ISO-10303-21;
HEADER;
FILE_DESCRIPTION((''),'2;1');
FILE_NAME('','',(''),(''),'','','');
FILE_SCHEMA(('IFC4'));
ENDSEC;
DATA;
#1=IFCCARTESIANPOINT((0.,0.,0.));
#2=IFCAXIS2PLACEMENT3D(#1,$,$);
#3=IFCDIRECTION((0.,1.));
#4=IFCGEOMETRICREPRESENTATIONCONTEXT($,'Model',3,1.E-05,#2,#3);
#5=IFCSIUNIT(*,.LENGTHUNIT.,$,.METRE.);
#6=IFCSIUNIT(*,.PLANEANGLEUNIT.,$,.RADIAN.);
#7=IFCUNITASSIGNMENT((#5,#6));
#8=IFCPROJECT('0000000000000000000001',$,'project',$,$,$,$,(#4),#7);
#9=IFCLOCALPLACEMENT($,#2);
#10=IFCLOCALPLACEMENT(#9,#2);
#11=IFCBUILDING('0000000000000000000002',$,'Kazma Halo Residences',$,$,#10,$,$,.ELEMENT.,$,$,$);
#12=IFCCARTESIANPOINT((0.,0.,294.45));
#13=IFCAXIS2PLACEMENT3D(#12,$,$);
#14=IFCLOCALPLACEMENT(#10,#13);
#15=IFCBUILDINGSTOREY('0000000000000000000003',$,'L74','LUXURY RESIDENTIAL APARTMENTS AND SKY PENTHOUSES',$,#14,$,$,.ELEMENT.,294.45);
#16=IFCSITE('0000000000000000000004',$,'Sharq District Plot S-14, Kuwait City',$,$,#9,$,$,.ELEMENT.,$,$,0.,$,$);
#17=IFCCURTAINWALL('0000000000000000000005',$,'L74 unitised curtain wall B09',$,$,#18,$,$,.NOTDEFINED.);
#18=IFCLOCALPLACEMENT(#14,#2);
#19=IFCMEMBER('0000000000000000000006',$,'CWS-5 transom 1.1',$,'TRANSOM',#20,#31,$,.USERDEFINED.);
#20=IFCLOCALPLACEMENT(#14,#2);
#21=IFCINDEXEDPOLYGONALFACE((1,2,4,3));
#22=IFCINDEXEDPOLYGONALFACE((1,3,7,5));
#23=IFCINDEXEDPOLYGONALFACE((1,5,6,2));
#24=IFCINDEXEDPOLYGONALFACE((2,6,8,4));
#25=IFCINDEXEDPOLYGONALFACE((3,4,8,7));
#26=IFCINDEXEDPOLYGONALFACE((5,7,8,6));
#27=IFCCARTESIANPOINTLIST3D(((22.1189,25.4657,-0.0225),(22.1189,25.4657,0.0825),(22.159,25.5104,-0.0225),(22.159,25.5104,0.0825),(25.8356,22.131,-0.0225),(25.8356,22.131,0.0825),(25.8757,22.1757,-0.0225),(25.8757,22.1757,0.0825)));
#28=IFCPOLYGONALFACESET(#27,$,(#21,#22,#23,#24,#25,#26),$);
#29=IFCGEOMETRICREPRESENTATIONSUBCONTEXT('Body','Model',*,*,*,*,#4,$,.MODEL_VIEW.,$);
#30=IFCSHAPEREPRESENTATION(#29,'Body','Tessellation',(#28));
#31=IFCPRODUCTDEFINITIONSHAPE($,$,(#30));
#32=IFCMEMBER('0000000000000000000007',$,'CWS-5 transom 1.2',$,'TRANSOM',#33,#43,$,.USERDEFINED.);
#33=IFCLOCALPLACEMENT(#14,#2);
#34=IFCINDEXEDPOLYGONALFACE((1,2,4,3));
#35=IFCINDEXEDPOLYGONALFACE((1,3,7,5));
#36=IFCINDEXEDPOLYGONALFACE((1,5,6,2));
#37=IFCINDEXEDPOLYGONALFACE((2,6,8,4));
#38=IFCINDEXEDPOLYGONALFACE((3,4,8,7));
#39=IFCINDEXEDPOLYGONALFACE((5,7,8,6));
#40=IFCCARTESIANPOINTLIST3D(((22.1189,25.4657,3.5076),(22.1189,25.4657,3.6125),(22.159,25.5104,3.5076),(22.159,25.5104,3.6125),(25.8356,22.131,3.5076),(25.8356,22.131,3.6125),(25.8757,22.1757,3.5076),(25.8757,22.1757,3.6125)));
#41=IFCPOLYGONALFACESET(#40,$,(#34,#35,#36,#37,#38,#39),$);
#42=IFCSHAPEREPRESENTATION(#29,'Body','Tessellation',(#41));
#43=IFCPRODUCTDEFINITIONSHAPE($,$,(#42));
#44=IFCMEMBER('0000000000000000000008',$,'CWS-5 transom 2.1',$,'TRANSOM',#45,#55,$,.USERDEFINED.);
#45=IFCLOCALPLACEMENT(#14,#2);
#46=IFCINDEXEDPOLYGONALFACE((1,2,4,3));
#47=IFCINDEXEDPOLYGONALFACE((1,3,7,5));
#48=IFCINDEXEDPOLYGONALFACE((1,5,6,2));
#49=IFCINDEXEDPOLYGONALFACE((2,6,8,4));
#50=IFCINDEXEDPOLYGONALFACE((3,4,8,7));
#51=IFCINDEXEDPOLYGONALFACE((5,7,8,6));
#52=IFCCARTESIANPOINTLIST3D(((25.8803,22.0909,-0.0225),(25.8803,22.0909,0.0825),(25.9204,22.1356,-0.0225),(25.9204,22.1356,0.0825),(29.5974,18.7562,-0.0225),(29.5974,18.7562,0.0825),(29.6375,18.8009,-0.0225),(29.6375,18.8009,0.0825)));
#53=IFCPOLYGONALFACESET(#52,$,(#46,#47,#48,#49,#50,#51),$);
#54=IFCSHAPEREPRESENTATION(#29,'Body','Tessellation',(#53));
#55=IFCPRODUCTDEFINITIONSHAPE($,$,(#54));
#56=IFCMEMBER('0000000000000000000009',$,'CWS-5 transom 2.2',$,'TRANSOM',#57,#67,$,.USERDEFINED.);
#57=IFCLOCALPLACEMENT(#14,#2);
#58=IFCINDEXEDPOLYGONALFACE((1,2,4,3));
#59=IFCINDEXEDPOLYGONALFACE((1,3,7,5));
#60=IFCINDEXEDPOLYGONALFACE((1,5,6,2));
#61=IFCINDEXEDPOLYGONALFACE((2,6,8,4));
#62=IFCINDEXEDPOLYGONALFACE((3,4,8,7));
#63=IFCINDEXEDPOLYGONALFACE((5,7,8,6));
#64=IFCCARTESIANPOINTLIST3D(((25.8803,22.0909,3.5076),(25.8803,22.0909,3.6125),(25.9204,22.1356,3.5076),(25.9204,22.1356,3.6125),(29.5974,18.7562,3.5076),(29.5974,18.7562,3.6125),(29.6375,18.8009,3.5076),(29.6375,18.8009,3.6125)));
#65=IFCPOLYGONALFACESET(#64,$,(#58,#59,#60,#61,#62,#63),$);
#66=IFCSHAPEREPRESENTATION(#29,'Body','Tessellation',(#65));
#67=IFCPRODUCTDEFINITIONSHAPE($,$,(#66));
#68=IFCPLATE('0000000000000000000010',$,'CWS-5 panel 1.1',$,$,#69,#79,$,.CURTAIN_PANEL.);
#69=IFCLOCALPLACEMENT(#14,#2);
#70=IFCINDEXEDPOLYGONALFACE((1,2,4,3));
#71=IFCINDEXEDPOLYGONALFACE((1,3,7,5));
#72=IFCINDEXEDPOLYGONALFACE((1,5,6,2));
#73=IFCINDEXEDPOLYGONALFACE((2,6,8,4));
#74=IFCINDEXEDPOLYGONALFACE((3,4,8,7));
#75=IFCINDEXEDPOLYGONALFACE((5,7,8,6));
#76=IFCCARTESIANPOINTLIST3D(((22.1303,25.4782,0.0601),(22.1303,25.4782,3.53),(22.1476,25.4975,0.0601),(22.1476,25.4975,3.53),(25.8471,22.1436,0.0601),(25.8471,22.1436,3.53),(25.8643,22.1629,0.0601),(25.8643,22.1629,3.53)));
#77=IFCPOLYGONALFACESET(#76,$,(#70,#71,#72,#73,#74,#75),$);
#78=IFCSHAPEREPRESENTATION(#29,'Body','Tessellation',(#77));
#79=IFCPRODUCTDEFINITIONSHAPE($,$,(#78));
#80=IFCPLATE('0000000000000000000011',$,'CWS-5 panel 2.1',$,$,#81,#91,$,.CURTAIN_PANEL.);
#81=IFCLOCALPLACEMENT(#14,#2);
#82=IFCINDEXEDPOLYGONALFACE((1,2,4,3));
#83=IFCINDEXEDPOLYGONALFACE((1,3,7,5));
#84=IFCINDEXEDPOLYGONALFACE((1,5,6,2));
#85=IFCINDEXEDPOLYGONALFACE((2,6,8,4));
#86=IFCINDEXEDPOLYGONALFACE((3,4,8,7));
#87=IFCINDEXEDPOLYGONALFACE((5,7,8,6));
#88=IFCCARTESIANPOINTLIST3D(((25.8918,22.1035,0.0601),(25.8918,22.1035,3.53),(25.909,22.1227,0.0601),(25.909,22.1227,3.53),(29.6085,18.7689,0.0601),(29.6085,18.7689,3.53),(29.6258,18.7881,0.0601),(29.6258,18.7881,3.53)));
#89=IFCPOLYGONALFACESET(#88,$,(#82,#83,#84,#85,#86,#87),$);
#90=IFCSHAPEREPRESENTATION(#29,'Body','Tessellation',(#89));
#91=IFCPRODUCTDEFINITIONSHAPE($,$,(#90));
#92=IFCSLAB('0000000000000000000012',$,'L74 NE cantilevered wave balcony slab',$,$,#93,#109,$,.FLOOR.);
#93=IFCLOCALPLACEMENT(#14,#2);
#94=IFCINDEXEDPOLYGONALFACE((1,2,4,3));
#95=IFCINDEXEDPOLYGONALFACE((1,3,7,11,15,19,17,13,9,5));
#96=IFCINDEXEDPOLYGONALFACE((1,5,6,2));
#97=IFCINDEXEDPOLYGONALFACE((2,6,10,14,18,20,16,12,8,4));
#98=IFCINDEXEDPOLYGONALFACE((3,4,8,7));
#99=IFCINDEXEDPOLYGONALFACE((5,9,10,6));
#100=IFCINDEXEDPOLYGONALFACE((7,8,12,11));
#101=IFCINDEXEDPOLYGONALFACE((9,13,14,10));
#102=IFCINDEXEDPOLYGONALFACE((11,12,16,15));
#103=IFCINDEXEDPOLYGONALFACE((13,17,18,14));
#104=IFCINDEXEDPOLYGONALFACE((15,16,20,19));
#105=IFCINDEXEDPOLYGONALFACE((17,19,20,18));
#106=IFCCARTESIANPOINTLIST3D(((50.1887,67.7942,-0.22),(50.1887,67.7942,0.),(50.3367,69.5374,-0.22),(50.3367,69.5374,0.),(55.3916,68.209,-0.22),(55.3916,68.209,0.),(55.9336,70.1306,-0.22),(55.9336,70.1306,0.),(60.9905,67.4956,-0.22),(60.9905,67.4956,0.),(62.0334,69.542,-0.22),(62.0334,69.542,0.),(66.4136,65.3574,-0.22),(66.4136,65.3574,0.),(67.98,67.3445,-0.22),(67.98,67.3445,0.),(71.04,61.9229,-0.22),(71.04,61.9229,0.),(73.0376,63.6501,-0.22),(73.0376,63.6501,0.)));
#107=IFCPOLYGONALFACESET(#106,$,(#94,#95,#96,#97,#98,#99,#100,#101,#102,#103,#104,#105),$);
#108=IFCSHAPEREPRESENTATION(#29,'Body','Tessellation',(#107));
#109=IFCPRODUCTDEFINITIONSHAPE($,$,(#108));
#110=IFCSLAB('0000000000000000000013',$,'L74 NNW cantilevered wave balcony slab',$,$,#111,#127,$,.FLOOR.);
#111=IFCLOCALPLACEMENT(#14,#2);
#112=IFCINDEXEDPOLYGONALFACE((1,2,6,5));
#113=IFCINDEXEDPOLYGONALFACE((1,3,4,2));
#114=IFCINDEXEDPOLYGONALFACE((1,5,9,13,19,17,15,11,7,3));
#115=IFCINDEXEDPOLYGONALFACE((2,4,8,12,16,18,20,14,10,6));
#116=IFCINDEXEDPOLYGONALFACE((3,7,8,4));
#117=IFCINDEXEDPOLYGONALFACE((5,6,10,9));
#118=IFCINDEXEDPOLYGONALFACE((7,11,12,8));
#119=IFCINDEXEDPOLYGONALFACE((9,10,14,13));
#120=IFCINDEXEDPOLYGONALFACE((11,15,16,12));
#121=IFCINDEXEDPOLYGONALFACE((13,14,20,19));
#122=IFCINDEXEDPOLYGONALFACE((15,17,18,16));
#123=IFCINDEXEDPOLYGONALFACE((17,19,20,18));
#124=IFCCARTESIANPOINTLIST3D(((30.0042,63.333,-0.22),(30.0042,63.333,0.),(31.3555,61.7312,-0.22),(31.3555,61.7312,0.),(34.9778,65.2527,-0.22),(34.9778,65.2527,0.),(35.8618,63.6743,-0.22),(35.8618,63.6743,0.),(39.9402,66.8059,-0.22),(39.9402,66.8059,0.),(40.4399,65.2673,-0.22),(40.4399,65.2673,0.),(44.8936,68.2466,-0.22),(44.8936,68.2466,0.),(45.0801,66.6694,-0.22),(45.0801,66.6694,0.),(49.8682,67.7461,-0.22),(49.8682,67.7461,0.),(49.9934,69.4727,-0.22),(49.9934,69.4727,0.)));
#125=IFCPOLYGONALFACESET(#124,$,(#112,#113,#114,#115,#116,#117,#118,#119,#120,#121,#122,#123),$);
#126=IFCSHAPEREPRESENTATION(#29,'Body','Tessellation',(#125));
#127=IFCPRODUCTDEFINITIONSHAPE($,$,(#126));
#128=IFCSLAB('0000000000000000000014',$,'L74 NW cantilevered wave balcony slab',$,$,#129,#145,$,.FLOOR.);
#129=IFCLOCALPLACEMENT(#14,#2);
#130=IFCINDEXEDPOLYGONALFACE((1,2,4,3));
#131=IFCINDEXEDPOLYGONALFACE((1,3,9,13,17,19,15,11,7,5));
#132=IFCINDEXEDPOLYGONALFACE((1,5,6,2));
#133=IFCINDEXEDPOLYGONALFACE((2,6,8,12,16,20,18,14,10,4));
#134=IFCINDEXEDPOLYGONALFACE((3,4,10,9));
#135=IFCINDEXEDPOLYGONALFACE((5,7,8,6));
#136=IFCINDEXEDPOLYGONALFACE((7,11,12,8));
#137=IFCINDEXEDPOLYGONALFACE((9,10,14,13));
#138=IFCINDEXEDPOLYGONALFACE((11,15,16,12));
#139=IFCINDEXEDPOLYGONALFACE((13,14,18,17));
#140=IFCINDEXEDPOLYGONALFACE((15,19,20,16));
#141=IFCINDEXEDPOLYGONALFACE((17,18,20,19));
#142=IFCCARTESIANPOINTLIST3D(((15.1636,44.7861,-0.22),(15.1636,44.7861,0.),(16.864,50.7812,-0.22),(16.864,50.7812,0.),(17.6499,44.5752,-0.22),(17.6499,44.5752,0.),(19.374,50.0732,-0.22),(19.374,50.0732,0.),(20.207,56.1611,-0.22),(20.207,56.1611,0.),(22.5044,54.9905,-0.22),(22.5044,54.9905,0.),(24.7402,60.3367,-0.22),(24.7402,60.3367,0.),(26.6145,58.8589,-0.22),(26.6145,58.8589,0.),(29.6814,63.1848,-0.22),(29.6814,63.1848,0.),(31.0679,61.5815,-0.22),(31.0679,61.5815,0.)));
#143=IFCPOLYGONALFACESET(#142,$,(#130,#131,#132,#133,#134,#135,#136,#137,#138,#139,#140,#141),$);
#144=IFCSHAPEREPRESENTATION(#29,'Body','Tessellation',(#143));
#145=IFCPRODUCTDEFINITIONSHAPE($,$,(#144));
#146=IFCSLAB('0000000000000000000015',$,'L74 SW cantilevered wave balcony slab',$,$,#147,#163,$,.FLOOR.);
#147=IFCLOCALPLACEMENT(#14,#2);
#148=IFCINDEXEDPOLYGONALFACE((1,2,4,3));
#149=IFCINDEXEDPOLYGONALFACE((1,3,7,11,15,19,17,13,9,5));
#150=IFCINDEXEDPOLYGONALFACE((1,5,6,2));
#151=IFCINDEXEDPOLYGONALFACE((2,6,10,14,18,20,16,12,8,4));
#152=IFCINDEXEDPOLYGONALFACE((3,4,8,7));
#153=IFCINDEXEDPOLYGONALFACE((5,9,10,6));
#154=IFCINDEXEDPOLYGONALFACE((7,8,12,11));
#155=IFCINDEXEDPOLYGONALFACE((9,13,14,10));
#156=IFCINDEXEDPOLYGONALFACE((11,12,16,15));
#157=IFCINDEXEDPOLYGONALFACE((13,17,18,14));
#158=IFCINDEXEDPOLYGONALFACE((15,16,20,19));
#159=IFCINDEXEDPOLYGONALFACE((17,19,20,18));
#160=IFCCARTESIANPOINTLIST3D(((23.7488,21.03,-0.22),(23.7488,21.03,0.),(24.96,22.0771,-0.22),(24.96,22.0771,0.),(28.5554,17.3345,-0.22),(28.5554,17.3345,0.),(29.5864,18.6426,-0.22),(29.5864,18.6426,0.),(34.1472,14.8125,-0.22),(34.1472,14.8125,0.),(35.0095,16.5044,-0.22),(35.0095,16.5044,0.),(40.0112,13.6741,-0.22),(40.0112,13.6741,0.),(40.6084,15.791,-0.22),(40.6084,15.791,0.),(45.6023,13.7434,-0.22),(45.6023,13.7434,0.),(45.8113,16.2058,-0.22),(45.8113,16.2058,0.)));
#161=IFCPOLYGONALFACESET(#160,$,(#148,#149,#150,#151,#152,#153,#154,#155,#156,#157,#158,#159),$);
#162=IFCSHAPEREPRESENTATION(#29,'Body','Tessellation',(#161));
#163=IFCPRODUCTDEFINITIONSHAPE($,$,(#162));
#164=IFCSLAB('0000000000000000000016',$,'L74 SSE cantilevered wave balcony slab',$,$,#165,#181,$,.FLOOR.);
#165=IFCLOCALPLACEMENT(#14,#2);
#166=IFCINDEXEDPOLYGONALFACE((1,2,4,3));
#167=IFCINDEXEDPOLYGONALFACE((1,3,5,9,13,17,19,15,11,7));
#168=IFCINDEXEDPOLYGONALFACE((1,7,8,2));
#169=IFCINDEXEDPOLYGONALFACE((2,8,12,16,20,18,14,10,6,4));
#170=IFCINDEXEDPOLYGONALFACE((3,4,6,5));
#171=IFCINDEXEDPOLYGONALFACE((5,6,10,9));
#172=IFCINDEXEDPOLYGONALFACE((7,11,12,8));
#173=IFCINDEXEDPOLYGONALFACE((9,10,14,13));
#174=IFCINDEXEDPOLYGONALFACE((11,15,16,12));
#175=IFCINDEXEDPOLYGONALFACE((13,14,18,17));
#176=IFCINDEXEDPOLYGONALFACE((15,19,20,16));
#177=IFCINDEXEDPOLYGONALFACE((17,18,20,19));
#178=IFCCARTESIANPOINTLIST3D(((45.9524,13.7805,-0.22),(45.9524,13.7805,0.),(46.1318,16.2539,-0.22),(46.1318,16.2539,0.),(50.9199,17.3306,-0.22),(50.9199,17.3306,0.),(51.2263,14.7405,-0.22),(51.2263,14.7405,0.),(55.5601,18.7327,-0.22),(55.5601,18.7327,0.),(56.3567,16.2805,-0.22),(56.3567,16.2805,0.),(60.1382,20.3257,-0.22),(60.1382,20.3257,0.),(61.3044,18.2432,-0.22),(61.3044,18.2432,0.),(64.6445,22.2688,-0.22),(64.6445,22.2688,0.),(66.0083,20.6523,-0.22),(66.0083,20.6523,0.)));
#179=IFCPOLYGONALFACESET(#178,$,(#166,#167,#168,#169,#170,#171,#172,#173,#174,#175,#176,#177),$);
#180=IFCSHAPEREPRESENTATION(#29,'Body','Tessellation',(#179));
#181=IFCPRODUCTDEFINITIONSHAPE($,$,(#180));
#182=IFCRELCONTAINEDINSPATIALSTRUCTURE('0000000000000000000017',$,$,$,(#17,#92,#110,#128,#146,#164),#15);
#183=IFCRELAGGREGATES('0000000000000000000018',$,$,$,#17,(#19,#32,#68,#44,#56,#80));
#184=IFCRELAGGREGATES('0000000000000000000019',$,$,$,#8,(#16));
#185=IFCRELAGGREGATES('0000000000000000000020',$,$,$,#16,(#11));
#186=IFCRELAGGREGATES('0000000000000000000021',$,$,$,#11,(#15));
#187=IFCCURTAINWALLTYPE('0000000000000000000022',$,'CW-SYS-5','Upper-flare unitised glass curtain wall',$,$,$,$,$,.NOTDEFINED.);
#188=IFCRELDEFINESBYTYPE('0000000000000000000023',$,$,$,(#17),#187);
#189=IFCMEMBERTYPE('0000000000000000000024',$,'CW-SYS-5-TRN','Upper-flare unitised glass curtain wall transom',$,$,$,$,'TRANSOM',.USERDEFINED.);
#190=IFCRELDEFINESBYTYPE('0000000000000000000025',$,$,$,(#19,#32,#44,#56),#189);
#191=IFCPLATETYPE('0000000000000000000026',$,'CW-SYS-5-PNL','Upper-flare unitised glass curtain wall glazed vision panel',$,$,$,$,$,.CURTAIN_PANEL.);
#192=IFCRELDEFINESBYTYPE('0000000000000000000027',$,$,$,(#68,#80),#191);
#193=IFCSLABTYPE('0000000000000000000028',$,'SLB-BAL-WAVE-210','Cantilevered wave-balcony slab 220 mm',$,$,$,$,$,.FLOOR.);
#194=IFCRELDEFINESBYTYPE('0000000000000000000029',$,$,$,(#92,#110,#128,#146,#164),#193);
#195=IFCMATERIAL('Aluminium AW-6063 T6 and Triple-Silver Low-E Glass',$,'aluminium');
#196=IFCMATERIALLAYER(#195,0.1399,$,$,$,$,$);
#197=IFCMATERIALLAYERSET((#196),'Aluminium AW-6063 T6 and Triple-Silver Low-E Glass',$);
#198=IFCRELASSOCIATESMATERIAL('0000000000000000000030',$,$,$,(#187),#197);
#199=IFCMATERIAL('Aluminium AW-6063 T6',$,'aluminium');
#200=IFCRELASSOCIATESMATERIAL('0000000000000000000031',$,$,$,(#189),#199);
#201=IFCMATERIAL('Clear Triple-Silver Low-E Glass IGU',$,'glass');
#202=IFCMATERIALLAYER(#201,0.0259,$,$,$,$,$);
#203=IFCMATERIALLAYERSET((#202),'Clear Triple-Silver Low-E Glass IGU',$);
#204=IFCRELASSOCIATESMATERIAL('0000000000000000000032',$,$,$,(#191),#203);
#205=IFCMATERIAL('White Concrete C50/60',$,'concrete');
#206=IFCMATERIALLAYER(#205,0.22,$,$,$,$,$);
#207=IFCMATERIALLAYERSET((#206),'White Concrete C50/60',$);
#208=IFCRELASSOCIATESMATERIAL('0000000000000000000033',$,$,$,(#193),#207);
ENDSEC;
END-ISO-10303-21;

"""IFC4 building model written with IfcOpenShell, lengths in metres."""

from ifc_helpers import new_model, si_unit, direction, frame, origin, origin_2d, place, context, subcontext, project, spatial, polyline, rectangle, outline, extrude, material, layer, layer_set, material_profile, profile_set, type_object, element, aggregate, save


model = new_model("IFC4")

# Units and contexts
model_context = context("Model", 3, precision=1e-05, world=origin(), true_north=direction((0.0, 1.0)))
body_context = subcontext(model_context, "Body", "Model", "MODEL_VIEW")
ifc_project = project(units=[si_unit("LENGTHUNIT", "METRE"), si_unit("PLANEANGLEUNIT", "RADIAN")], contexts=[model_context])

# Site, building, storey
site_placement = place(None, origin())
site = spatial("IfcSite", under=ifc_project, at=site_placement, Name="Sharq District Plot S-14, Kuwait City", CompositionType="ELEMENT", RefElevation=0.0)
building_placement = place(site_placement, origin())
building = spatial("IfcBuilding", under=site, at=building_placement, Name="Kazma Halo Residences", CompositionType="ELEMENT")
storey_placement = place(building_placement, frame((0.0, 0.0, 294.45)))
storey = spatial("IfcBuildingStorey", under=building, at=storey_placement, Name="L74", Description="LUXURY RESIDENTIAL APARTMENTS AND SKY PENTHOUSES", CompositionType="ELEMENT", Elevation=294.45)

# Curtain wall, members, plates
ifc_material_1 = material(Name="Aluminium AW-6063 T6 and Triple-Silver Low-E Glass", Category="aluminium")
ifc_layer_1 = layer(ifc_material_1, 0.1399)
ifc_layer_set_1 = layer_set([ifc_layer_1], Name="Aluminium AW-6063 T6 and Triple-Silver Low-E Glass")
curtain_wall_type = type_object("IfcCurtainWallType", Name="CW-SYS-5", Description="Upper-flare unitised glass curtain wall", PredefinedType="NOTDEFINED", material=ifc_layer_set_1)
curtain_wall_placement = place(storey_placement, origin())
curtain_wall = element("IfcCurtainWall", 1, at=curtain_wall_placement, inside=storey, type_object=curtain_wall_type, Name="L74 unitised curtain wall B09", PredefinedType="NOTDEFINED")
ifc_material_2 = material(Name="Aluminium AW-6063 T6", Category="aluminium")
ifc_material_profile_1 = material_profile(ifc_material_2, rectangle(XDim=0.0601, YDim=0.105, at=origin_2d()), Name="CWT-60x105")
ifc_profile_set_1 = profile_set([ifc_material_profile_1], Name="Aluminium AW-6063 T6")
member_type_1 = type_object("IfcMemberType", Name="CW-SYS-5-TRN", Description="Upper-flare unitised glass curtain wall transom", ElementType="TRANSOM", PredefinedType="USERDEFINED", material=ifc_profile_set_1)
member_1_placement = place(storey_placement, frame((22.1389, 25.488, 0.03), z_axis=(0.744329, -0.667813, 0.0), x_axis=(0.667813, 0.744329, 0.0)))
member_1 = element("IfcMember", 2, at=member_1_placement, type_object=member_type_1, Name="CWS-5 transom 1.1", ObjectType="TRANSOM", PredefinedType="USERDEFINED", context=body_context, shape_type="SweptSolid", body=[
    extrude(rectangle(XDim=0.0601, YDim=0.105, at=origin_2d()), origin(), (0.0, 0.0, 1.0), 4.9934),
])
member_2_placement = place(storey_placement, frame((22.1389, 25.488, 3.5601), z_axis=(0.744329, -0.667813, 0.0), x_axis=(0.667813, 0.744329, 0.0)))
member_2 = element("IfcMember", 3, at=member_2_placement, type_object=member_type_1, Name="CWS-5 transom 1.2", ObjectType="TRANSOM", PredefinedType="USERDEFINED", context=body_context, shape_type="SweptSolid", body=[
    extrude(rectangle(XDim=0.0601, YDim=0.105, at=origin_2d()), origin(), (0.0, 0.0, 1.0), 4.9934),
])
member_3_placement = place(storey_placement, frame((25.9004, 22.1133, 0.03), z_axis=(0.744351, -0.667789, 0.0), x_axis=(0.667789, 0.744351, 0.0)))
member_3 = element("IfcMember", 4, at=member_3_placement, type_object=member_type_1, Name="CWS-5 transom 2.1", ObjectType="TRANSOM", PredefinedType="USERDEFINED", context=body_context, shape_type="SweptSolid", body=[
    extrude(rectangle(XDim=0.0601, YDim=0.105, at=origin_2d()), origin(), (0.0, 0.0, 1.0), 4.9937),
])
member_4_placement = place(storey_placement, frame((25.9004, 22.1133, 3.5601), z_axis=(0.744351, -0.667789, 0.0), x_axis=(0.667789, 0.744351, 0.0)))
member_4 = element("IfcMember", 5, at=member_4_placement, type_object=member_type_1, Name="CWS-5 transom 2.2", ObjectType="TRANSOM", PredefinedType="USERDEFINED", context=body_context, shape_type="SweptSolid", body=[
    extrude(rectangle(XDim=0.0601, YDim=0.105, at=origin_2d()), origin(), (0.0, 0.0, 1.0), 4.9937),
])
ifc_material_3 = material(Name="Clear Triple-Silver Low-E Glass IGU", Category="glass")
ifc_layer_2 = layer(ifc_material_3, 0.0259)
ifc_layer_set_2 = layer_set([ifc_layer_2], Name="Clear Triple-Silver Low-E Glass IGU")
plate_type = type_object("IfcPlateType", Name="CW-SYS-5-PNL", Description="Upper-flare unitised glass curtain wall glazed vision panel", PredefinedType="CURTAIN_PANEL", material=ifc_layer_set_2)
plate_1_placement = place(storey_placement, frame((23.9973, 23.8206, 0.0601), z_axis=(0.0, 0.0, 1.0), x_axis=(0.744336, -0.667805, 0.0)))
plate_1 = element("IfcPlate", 6, at=plate_1_placement, type_object=plate_type, Name="CWS-5 panel 1.1", PredefinedType="CURTAIN_PANEL", context=body_context, shape_type="SweptSolid", body=[
    extrude(rectangle(XDim=4.9934, YDim=0.0259, at=origin_2d()), origin(), (0.0, 0.0, 1.0), 3.47),
])
plate_2_placement = place(storey_placement, frame((27.7588, 20.4458, 0.0601), z_axis=(0.0, 0.0, 1.0), x_axis=(0.744336, -0.667805, 0.0)))
plate_2 = element("IfcPlate", 7, at=plate_2_placement, type_object=plate_type, Name="CWS-5 panel 2.1", PredefinedType="CURTAIN_PANEL", context=body_context, shape_type="SweptSolid", body=[
    extrude(rectangle(XDim=4.9934, YDim=0.0259, at=origin_2d()), origin(), (0.0, 0.0, 1.0), 3.47),
])
aggregate(curtain_wall, [member_1, member_2, plate_1, member_3, member_4, plate_2])

# Slabs
ifc_material_4 = material(Name="White Concrete C50/60", Category="concrete")
ifc_layer_3 = layer(ifc_material_4, 0.22)
ifc_layer_set_3 = layer_set([ifc_layer_3], Name="White Concrete C50/60")
slab_type_1 = type_object("IfcSlabType", Name="SLB-BAL-WAVE-210", Description="Cantilevered wave-balcony slab 220 mm", PredefinedType="FLOOR", material=ifc_layer_set_3)
slab_1_placement = place(storey_placement, frame((0.0, 0.0, -0.22)))
element("IfcSlab", 8, at=slab_1_placement, inside=storey, type_object=slab_type_1, Name="L74 NE cantilevered wave balcony slab", PredefinedType="FLOOR", context=body_context, shape_type="SweptSolid", body=[
    extrude(outline(polyline([(71.04, 61.9229), (66.4136, 65.3574), (60.9905, 67.4956), (55.3916, 68.209), (50.1887, 67.7942), (50.3367, 69.5374), (55.9336, 70.1306), (62.0334, 69.542), (67.98, 67.3445), (73.0376, 63.6501), (71.04, 61.9229)])), origin(), (0.0, 0.0, 1.0), 0.22),
])
slab_2_placement = place(storey_placement, frame((0.0, 0.0, -0.22)))
element("IfcSlab", 9, at=slab_2_placement, inside=storey, type_object=slab_type_1, Name="L74 NNW cantilevered wave balcony slab", PredefinedType="FLOOR", context=body_context, shape_type="SweptSolid", body=[
    extrude(outline(polyline([(49.8682, 67.7461), (45.0801, 66.6694), (40.4399, 65.2673), (35.8618, 63.6743), (31.3555, 61.7312), (30.0042, 63.333), (34.9778, 65.2527), (39.9402, 66.8059), (44.8936, 68.2466), (49.9934, 69.4727), (49.8682, 67.7461)])), origin(), (0.0, 0.0, 1.0), 0.22),
])
slab_3_placement = place(storey_placement, frame((0.0, 0.0, -0.22)))
element("IfcSlab", 10, at=slab_3_placement, inside=storey, type_object=slab_type_1, Name="L74 NW cantilevered wave balcony slab", PredefinedType="FLOOR", context=body_context, shape_type="SweptSolid", body=[
    extrude(outline(polyline([(31.0679, 61.5815), (26.6145, 58.8589), (22.5044, 54.9905), (19.374, 50.0732), (17.6499, 44.5752), (15.1636, 44.7861), (16.864, 50.7812), (20.207, 56.1611), (24.7402, 60.3367), (29.6814, 63.1848), (31.0679, 61.5815)])), origin(), (0.0, 0.0, 1.0), 0.22),
])
slab_4_placement = place(storey_placement, frame((0.0, 0.0, -0.22)))
element("IfcSlab", 11, at=slab_4_placement, inside=storey, type_object=slab_type_1, Name="L74 SW cantilevered wave balcony slab", PredefinedType="FLOOR", context=body_context, shape_type="SweptSolid", body=[
    extrude(outline(polyline([(24.96, 22.0771), (29.5864, 18.6426), (35.0095, 16.5044), (40.6084, 15.791), (45.8113, 16.2058), (45.6023, 13.7434), (40.0112, 13.6741), (34.1472, 14.8125), (28.5554, 17.3345), (23.7488, 21.03), (24.96, 22.0771)])), origin(), (0.0, 0.0, 1.0), 0.22),
])
slab_5_placement = place(storey_placement, frame((0.0, 0.0, -0.22)))
element("IfcSlab", 12, at=slab_5_placement, inside=storey, type_object=slab_type_1, Name="L74 SSE cantilevered wave balcony slab", PredefinedType="FLOOR", context=body_context, shape_type="SweptSolid", body=[
    extrude(outline(polyline([(46.1318, 16.2539), (50.9199, 17.3306), (55.5601, 18.7327), (60.1382, 20.3257), (64.6445, 22.2688), (66.0083, 20.6523), (61.3044, 18.2432), (56.3567, 16.2805), (51.2263, 14.7405), (45.9524, 13.7805), (46.1318, 16.2539)])), origin(), (0.0, 0.0, 1.0), 0.22),
])

save(model, "model.ifc")
